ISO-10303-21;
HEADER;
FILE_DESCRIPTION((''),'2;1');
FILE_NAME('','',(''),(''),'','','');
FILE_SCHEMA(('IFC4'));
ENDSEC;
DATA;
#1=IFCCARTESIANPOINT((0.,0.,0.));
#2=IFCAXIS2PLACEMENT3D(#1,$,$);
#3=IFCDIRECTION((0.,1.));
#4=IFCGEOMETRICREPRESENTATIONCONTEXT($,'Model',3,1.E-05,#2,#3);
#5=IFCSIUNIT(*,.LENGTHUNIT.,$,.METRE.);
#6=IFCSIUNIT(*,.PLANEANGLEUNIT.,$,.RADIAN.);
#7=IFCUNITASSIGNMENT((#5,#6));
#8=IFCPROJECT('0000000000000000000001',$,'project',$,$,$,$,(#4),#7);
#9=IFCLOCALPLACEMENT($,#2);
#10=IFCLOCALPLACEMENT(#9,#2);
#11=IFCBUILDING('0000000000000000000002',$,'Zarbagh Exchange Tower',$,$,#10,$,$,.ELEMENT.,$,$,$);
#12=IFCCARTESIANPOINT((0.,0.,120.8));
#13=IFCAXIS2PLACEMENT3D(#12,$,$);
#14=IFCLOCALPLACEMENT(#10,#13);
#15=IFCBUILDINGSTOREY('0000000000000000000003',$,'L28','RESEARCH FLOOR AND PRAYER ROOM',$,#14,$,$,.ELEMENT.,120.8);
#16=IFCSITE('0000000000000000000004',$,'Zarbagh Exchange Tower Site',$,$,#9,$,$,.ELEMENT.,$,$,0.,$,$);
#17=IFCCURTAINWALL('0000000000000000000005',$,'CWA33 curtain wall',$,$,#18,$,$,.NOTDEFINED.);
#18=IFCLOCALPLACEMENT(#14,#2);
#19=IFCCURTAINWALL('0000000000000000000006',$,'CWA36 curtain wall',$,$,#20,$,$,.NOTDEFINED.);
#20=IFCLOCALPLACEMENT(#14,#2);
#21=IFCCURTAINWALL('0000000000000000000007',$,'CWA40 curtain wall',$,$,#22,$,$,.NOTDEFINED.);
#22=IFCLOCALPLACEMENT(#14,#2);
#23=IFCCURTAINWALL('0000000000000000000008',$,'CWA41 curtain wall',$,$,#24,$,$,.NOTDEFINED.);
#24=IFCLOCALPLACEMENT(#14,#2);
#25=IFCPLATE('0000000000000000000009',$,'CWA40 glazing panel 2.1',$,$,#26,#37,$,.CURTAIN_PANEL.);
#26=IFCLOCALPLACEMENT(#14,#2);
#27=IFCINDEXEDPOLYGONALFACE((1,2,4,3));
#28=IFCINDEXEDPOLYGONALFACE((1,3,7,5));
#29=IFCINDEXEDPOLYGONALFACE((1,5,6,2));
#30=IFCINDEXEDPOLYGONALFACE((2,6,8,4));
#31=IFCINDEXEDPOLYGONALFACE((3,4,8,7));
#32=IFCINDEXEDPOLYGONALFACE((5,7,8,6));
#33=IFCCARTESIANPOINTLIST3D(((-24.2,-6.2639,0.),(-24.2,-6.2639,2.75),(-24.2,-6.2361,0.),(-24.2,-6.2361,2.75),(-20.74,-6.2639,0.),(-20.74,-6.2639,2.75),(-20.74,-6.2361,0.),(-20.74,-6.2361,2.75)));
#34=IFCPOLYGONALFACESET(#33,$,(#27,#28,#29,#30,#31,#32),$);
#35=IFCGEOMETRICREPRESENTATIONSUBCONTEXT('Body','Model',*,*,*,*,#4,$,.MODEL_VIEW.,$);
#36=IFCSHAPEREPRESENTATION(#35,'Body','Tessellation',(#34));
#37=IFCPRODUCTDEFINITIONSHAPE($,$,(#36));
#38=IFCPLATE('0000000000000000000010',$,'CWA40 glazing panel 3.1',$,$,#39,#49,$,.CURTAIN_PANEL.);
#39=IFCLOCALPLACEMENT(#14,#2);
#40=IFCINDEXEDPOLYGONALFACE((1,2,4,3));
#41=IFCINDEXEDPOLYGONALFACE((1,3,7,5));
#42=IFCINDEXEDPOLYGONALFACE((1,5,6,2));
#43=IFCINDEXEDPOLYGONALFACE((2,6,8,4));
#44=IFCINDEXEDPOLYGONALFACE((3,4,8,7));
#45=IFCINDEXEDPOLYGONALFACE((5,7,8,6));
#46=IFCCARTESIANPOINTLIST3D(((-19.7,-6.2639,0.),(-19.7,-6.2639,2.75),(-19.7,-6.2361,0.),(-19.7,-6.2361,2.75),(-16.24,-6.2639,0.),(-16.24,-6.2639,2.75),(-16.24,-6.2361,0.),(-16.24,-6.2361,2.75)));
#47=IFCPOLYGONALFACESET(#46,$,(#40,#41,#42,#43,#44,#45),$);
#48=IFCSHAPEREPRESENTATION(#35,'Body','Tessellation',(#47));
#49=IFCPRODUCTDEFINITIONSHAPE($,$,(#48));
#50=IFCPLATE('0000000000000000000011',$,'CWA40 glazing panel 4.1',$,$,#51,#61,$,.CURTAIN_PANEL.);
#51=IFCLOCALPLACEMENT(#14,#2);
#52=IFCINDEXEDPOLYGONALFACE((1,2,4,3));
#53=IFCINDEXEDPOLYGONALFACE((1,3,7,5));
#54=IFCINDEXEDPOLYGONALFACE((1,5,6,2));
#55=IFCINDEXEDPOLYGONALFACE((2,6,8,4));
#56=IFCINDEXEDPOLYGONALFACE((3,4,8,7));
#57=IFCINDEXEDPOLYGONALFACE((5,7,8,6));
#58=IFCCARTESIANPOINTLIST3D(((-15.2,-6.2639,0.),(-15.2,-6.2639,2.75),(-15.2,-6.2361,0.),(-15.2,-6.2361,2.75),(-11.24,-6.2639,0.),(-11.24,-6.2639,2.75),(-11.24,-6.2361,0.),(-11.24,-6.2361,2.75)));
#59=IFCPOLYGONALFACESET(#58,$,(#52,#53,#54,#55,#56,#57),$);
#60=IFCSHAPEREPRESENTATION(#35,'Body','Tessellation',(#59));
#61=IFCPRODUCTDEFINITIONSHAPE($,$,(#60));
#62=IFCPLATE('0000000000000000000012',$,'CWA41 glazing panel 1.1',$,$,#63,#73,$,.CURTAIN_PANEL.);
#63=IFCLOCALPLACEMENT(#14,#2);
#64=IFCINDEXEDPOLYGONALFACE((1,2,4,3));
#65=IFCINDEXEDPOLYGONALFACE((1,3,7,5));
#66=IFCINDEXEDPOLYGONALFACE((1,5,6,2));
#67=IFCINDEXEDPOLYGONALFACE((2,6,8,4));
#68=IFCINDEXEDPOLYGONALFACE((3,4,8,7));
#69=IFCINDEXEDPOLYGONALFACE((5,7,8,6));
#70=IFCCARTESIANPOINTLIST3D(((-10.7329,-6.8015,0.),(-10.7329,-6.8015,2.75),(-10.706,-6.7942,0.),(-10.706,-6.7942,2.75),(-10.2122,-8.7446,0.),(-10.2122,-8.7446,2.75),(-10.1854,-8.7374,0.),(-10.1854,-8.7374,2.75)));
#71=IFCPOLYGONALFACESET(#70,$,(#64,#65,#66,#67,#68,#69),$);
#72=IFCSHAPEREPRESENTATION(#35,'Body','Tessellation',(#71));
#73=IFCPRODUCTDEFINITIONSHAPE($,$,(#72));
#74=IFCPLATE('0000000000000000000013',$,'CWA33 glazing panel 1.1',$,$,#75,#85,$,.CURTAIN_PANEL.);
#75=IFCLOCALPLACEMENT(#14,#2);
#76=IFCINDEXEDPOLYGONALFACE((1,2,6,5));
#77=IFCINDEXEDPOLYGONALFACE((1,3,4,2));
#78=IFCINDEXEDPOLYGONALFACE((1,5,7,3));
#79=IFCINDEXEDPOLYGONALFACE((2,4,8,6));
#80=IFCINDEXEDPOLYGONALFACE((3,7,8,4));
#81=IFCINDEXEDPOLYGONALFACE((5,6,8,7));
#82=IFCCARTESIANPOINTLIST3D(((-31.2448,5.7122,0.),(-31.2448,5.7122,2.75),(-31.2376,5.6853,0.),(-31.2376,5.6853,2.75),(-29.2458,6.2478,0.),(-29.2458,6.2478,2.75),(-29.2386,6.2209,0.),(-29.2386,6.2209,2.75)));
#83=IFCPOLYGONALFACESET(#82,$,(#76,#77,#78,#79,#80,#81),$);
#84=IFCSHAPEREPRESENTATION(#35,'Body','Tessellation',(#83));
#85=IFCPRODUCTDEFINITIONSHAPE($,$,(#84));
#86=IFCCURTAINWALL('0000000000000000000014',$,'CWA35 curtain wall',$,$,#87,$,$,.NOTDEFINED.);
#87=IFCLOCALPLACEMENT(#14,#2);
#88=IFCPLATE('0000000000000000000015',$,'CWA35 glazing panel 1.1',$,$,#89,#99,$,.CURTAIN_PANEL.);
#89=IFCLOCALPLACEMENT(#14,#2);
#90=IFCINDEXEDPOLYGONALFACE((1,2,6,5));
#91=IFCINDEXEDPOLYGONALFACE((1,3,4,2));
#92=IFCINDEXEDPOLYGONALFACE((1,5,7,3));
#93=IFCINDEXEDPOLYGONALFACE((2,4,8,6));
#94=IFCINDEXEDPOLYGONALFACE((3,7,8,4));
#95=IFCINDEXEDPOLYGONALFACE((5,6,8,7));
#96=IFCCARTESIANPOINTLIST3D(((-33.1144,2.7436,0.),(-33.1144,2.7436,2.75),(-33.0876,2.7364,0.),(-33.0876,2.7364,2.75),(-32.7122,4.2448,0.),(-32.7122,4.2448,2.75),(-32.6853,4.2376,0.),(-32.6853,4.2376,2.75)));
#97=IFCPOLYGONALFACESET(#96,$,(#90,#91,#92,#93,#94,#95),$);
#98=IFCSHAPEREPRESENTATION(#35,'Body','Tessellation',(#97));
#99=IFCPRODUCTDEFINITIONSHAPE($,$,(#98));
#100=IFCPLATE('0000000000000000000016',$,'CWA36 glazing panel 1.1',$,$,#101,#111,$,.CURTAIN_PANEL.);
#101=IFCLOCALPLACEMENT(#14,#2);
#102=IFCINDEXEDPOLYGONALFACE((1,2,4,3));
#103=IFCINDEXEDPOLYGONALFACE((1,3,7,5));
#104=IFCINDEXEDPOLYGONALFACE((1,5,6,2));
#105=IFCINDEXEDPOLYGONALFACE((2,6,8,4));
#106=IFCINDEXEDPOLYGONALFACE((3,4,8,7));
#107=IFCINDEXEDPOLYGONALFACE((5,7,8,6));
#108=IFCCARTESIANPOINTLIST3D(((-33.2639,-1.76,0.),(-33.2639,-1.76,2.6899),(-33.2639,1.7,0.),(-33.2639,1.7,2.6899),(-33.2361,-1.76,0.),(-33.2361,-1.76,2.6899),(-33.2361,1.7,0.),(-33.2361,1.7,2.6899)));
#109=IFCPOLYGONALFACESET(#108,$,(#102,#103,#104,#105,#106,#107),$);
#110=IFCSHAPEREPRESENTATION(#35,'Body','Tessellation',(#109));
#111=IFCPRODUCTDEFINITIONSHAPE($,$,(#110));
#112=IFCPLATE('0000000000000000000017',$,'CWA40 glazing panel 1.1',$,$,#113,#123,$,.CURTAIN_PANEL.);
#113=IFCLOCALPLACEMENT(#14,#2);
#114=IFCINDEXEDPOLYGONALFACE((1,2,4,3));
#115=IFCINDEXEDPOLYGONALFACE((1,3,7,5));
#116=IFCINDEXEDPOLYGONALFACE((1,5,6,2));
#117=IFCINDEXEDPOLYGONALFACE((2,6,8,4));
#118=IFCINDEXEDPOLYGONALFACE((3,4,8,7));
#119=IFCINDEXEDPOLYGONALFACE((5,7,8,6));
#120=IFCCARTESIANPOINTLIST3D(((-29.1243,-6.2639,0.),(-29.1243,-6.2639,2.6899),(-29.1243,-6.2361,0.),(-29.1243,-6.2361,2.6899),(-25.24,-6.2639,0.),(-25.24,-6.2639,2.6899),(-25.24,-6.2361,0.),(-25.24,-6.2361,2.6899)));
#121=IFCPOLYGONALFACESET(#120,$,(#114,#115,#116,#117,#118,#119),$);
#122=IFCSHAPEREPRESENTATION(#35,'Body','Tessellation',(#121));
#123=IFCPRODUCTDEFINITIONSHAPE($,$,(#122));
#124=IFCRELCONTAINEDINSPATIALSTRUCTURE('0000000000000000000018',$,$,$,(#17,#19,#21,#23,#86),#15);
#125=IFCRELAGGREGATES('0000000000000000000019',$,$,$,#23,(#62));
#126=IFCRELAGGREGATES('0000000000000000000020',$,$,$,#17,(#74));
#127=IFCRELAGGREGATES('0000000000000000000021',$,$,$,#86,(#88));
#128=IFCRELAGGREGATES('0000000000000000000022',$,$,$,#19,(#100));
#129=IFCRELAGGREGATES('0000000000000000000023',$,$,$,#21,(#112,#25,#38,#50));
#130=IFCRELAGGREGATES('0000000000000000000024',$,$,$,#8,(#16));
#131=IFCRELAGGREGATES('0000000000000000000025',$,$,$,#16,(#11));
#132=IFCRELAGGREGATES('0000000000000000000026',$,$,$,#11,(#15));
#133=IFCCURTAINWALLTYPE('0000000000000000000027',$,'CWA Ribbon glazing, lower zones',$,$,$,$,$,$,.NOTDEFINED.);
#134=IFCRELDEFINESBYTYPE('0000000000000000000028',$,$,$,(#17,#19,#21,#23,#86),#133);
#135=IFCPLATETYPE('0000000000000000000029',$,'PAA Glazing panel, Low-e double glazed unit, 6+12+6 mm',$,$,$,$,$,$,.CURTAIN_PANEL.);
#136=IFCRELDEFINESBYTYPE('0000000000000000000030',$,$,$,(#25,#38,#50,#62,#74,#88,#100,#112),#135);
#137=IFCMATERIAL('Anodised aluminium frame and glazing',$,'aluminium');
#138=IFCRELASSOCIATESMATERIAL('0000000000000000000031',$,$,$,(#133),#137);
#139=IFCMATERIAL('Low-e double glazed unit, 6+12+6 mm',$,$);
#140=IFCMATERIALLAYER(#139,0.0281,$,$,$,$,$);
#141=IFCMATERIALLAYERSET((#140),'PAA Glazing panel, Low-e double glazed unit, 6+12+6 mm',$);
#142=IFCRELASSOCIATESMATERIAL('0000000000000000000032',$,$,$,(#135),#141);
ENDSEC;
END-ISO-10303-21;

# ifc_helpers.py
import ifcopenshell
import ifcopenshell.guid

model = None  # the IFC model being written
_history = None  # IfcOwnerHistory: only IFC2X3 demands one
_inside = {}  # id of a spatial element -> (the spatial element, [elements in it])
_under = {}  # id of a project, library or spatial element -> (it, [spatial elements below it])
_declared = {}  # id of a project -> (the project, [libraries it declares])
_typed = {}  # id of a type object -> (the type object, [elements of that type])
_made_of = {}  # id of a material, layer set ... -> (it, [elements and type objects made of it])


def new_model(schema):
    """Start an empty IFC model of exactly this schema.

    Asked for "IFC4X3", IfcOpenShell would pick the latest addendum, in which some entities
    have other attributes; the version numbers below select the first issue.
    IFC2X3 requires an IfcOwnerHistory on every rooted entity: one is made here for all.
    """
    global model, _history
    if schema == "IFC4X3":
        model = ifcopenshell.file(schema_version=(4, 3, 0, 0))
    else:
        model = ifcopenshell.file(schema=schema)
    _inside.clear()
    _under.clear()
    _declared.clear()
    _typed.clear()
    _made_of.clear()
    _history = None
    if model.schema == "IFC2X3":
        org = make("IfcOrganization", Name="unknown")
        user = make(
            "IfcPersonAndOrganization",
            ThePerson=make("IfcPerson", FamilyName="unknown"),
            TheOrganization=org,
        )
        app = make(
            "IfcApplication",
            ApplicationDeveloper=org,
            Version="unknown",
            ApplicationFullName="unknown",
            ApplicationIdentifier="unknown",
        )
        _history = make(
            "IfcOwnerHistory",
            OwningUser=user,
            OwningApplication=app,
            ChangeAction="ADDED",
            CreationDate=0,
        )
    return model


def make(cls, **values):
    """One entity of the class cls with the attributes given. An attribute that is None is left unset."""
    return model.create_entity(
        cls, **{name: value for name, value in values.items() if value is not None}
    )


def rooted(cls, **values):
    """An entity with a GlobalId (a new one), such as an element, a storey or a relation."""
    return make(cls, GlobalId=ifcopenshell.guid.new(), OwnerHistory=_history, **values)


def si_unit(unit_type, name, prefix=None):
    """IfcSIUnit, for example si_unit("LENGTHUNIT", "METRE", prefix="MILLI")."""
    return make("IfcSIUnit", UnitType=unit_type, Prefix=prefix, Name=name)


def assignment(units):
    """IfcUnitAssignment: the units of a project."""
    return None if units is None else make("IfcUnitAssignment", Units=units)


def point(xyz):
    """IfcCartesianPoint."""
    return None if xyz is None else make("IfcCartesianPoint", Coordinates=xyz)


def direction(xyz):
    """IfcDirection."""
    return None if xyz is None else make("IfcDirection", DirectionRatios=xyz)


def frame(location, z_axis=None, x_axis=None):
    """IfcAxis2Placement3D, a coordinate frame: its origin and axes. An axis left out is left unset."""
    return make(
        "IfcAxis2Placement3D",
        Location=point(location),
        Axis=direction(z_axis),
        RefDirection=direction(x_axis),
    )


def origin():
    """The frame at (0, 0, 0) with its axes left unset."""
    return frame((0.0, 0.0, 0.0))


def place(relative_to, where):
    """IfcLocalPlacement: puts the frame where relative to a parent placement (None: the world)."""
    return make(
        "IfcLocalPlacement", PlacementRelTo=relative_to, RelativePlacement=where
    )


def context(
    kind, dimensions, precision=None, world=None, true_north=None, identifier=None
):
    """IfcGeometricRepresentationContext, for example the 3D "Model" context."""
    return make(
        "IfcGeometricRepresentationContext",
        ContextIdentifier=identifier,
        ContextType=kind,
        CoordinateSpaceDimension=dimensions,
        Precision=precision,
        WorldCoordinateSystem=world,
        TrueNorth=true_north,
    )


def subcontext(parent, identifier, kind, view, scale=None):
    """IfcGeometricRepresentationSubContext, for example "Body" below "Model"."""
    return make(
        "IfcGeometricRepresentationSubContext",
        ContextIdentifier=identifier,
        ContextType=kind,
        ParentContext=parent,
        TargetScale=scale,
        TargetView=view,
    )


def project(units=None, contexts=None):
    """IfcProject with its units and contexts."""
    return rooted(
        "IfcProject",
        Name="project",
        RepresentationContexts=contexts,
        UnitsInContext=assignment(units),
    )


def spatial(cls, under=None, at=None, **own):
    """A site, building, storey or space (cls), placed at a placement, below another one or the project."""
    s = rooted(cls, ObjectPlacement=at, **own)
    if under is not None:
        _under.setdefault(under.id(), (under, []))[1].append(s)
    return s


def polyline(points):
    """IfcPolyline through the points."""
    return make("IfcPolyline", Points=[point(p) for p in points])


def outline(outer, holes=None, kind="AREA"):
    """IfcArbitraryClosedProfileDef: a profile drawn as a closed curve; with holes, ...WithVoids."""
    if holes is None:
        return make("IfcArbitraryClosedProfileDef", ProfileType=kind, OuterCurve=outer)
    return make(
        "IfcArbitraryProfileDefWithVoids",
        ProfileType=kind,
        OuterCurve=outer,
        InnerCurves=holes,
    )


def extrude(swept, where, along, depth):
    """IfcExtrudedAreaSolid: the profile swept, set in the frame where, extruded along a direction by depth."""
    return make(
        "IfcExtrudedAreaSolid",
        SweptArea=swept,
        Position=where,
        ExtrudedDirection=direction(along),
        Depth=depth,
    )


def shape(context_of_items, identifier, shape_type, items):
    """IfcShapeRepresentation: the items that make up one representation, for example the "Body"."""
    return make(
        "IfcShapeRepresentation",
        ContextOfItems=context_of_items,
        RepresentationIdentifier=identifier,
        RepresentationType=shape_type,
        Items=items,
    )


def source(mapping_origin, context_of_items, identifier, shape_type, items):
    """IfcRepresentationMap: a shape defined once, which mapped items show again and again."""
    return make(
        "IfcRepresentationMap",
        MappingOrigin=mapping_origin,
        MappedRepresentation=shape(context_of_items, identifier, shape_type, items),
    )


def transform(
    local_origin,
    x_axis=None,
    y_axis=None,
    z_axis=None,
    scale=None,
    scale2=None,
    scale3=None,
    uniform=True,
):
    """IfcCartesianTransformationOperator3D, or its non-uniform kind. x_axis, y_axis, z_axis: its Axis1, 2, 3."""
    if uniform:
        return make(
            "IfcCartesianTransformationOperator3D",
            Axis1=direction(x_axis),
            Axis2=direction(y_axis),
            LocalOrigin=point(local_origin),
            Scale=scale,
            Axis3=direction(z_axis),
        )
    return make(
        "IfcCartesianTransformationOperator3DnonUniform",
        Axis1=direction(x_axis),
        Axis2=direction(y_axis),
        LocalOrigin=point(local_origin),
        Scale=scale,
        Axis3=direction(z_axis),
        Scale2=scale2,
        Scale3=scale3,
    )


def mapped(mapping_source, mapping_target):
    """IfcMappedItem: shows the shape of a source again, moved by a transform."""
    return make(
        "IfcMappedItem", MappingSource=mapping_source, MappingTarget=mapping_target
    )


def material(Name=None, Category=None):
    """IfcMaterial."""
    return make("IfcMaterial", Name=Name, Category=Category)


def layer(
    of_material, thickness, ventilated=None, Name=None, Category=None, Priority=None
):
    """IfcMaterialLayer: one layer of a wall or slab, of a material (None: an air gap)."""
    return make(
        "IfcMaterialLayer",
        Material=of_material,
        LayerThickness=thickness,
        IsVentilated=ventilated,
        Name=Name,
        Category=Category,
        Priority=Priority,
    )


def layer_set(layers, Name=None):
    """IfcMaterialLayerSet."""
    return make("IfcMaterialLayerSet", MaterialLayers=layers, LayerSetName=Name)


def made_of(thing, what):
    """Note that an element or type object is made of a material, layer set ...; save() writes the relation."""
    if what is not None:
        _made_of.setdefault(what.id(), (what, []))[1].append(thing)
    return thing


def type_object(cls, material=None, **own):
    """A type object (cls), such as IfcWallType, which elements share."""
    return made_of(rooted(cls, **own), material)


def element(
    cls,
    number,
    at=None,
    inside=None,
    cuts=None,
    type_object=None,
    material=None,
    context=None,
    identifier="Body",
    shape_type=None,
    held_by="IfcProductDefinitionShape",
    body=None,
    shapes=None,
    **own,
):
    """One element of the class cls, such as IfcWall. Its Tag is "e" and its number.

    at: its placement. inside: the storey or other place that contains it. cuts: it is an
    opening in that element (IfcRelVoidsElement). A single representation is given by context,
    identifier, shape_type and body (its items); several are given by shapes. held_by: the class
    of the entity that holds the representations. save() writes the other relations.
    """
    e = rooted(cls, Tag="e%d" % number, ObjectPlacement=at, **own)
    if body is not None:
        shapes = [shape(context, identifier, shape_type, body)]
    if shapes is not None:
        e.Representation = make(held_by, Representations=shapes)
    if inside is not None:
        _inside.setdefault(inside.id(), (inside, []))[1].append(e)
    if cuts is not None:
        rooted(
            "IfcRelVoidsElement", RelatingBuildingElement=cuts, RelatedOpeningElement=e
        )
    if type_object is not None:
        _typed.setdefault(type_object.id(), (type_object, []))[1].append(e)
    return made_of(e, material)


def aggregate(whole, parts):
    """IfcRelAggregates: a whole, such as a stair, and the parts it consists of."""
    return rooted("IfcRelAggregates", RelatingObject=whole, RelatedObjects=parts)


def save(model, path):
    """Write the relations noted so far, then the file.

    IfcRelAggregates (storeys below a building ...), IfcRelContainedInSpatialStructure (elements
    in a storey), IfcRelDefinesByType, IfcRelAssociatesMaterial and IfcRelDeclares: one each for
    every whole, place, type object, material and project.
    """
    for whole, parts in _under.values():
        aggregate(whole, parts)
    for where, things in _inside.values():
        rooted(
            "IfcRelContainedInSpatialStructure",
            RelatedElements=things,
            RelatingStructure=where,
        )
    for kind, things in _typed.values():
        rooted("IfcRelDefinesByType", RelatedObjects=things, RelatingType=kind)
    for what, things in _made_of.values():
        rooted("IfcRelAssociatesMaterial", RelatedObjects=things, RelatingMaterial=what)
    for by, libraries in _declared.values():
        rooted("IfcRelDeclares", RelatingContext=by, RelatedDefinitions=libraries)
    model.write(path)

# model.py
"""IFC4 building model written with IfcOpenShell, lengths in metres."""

from ifc_helpers import new_model, si_unit, direction, frame, origin, place, context, subcontext, project, spatial, polyline, outline, extrude, source, transform, mapped, material, layer, layer_set, type_object, element, aggregate, save


model = new_model("IFC4")

# Units and contexts
model_context = context("Model", 3, precision=1e-05, world=origin(), true_north=direction((0.0, 1.0)))
body_context = subcontext(model_context, "Body", "Model", "MODEL_VIEW")
ifc_project = project(units=[si_unit("LENGTHUNIT", "METRE"), si_unit("PLANEANGLEUNIT", "RADIAN")], contexts=[model_context])

# Site, building, storey
site_placement = place(None, origin())
site = spatial("IfcSite", under=ifc_project, at=site_placement, Name="Zarbagh Exchange Tower Site", CompositionType="ELEMENT", RefElevation=0.0)
building_placement = place(site_placement, origin())
building = spatial("IfcBuilding", under=site, at=building_placement, Name="Zarbagh Exchange Tower", CompositionType="ELEMENT")
storey_placement = place(building_placement, frame((0.0, 0.0, 120.8)))
storey = spatial("IfcBuildingStorey", under=building, at=storey_placement, Name="L28", Description="RESEARCH FLOOR AND PRAYER ROOM", CompositionType="ELEMENT", Elevation=120.8)

# Curtain walls
ifc_material_1 = material(Name="Anodised aluminium frame and glazing", Category="aluminium")
curtain_wall_type = type_object("IfcCurtainWallType", Name="CWA Ribbon glazing, lower zones", PredefinedType="NOTDEFINED", material=ifc_material_1)
curtain_wall_1_placement = place(storey_placement, origin())
curtain_wall_1 = element("IfcCurtainWall", 1, at=curtain_wall_1_placement, inside=storey, type_object=curtain_wall_type, Name="CWA33 curtain wall", PredefinedType="NOTDEFINED")
placement = place(storey_placement, origin())
curtain_wall_2_placement = place(storey_placement, origin())
curtain_wall_2 = element("IfcCurtainWall", 2, at=curtain_wall_2_placement, inside=storey, type_object=curtain_wall_type, Name="CWA36 curtain wall", PredefinedType="NOTDEFINED")

# Curtain wall
curtain_wall_3_placement = place(storey_placement, origin())
curtain_wall_3 = element("IfcCurtainWall", 3, at=curtain_wall_3_placement, inside=storey, type_object=curtain_wall_type, Name="CWA40 curtain wall", PredefinedType="NOTDEFINED")

# Curtain wall
curtain_wall_4_placement = place(storey_placement, origin())
curtain_wall_4 = element("IfcCurtainWall", 4, at=curtain_wall_4_placement, inside=storey, type_object=curtain_wall_type, Name="CWA41 curtain wall", PredefinedType="NOTDEFINED")

# Shared definitions
ifc_material_2 = material(Name="Low-e double glazed unit, 6+12+6 mm")
ifc_layer = layer(ifc_material_2, 0.0281)
ifc_layer_set = layer_set([ifc_layer], Name="PAA Glazing panel, Low-e double glazed unit, 6+12+6 mm")
plate_type = type_object("IfcPlateType", Name="PAA Glazing panel, Low-e double glazed unit, 6+12+6 mm", PredefinedType="CURTAIN_PANEL", material=ifc_layer_set)

# Plates
shared_shape_1 = source(origin(), body_context, "Body", "SweptSolid", [
    extrude(outline(polyline([(0.0, -0.0139), (3.46, -0.0139), (3.46, 0.0139), (0.0, 0.0139), (0.0, -0.0139)])), origin(), (0.0, 0.0, 1.0), 2.75),
])
plate_1 = element("IfcPlate", 5, at=placement, type_object=plate_type, Name="CWA40 glazing panel 2.1", PredefinedType="CURTAIN_PANEL", context=body_context, shape_type="MappedRepresentation", body=[
    mapped(shared_shape_1, transform((-24.2, -6.25, 0.0), x_axis=(1.0, 0.0, 0.0), y_axis=(0.0, 1.0, 0.0), z_axis=(0.0, 0.0, 1.0))),
])
plate_2 = element("IfcPlate", 6, at=placement, type_object=plate_type, Name="CWA40 glazing panel 3.1", PredefinedType="CURTAIN_PANEL", context=body_context, shape_type="MappedRepresentation", body=[
    mapped(shared_shape_1, transform((-19.7, -6.25, 0.0), x_axis=(1.0, 0.0, 0.0), y_axis=(0.0, 1.0, 0.0), z_axis=(0.0, 0.0, 1.0))),
])
shared_shape_2 = source(origin(), body_context, "Body", "SweptSolid", [
    extrude(outline(polyline([(0.0, -0.0139), (3.96, -0.0139), (3.96, 0.0139), (0.0, 0.0139), (0.0, -0.0139)])), origin(), (0.0, 0.0, 1.0), 2.75),
])
plate_3 = element("IfcPlate", 7, at=placement, type_object=plate_type, Name="CWA40 glazing panel 4.1", PredefinedType="CURTAIN_PANEL", context=body_context, shape_type="MappedRepresentation", body=[
    mapped(shared_shape_2, transform((-15.2, -6.25, 0.0), x_axis=(1.0, 0.0, 0.0), y_axis=(0.0, 1.0, 0.0), z_axis=(0.0, 0.0, 1.0))),
])
shared_shape_3 = source(origin(), body_context, "Body", "SweptSolid", [
    extrude(outline(polyline([(0.0, -0.0139), (2.0117, -0.0139), (2.0117, 0.0139), (0.0, 0.0139), (0.0, -0.0139)])), origin(), (0.0, 0.0, 1.0), 2.75),
])
plate_4 = element("IfcPlate", 8, at=placement, type_object=plate_type, Name="CWA41 glazing panel 1.1", PredefinedType="CURTAIN_PANEL", context=body_context, shape_type="MappedRepresentation", body=[
    mapped(shared_shape_3, transform((-10.7195, -6.7979, 0.0), x_axis=(0.258825, -0.965924, 0.0), y_axis=(0.965924, 0.258825, 0.0), z_axis=(0.0, 0.0, 1.0))),
])
aggregate(curtain_wall_4, [plate_4])
shared_shape_4 = source(origin(), body_context, "Body", "SweptSolid", [
    extrude(outline(polyline([(0.0, -0.0139), (2.0696, -0.0139), (2.0696, 0.0139), (0.0, 0.0139), (0.0, -0.0139)])), origin(), (0.0, 0.0, 1.0), 2.75),
])
plate_5 = element("IfcPlate", 9, at=placement, type_object=plate_type, Name="CWA33 glazing panel 1.1", PredefinedType="CURTAIN_PANEL", context=body_context, shape_type="MappedRepresentation", body=[
    mapped(shared_shape_4, transform((-29.2422, 6.2344, 0.0), x_axis=(-0.965924, -0.258825, 0.0), y_axis=(0.258825, -0.965924, 0.0), z_axis=(0.0, 0.0, 1.0))),
])
aggregate(curtain_wall_1, [plate_5])

# Curtain wall, plate
curtain_wall_5_placement = place(storey_placement, origin())
curtain_wall_5 = element("IfcCurtainWall", 10, at=curtain_wall_5_placement, inside=storey, type_object=curtain_wall_type, Name="CWA35 curtain wall", PredefinedType="NOTDEFINED")
shared_shape_5 = source(origin(), body_context, "Body", "SweptSolid", [
    extrude(outline(polyline([(0.0, -0.0139), (1.5542, -0.0139), (1.5542, 0.0139), (0.0, 0.0139), (0.0, -0.0139)])), origin(), (0.0, 0.0, 1.0), 2.75),
])
plate_6 = element("IfcPlate", 11, at=placement, type_object=plate_type, Name="CWA35 glazing panel 1.1", PredefinedType="CURTAIN_PANEL", context=body_context, shape_type="MappedRepresentation", body=[
    mapped(shared_shape_5, transform((-32.6987, 4.2412, 0.0), x_axis=(-0.258825, -0.965924, 0.0), y_axis=(0.965924, -0.258825, 0.0), z_axis=(0.0, 0.0, 1.0))),
])
aggregate(curtain_wall_5, [plate_6])

# Plates
shared_shape_6 = source(origin(), body_context, "Body", "SweptSolid", [
    extrude(outline(polyline([(0.0, -0.0139), (3.46, -0.0139), (3.46, 0.0139), (0.0, 0.0139), (0.0, -0.0139)])), origin(), (0.0, 0.0, 1.0), 2.6899),
])
plate_7 = element("IfcPlate", 12, at=placement, type_object=plate_type, Name="CWA36 glazing panel 1.1", PredefinedType="CURTAIN_PANEL", context=body_context, shape_type="MappedRepresentation", body=[
    mapped(shared_shape_6, transform((-33.25, 1.7, 0.0), x_axis=(0.0, -1.0, 0.0), y_axis=(1.0, 0.0, 0.0), z_axis=(0.0, 0.0, 1.0))),
])
aggregate(curtain_wall_2, [plate_7])
shared_shape_7 = source(origin(), body_context, "Body", "SweptSolid", [
    extrude(outline(polyline([(0.0, -0.0139), (3.8843, -0.0139), (3.8843, 0.0139), (0.0, 0.0139), (0.0, -0.0139)])), origin(), (0.0, 0.0, 1.0), 2.6899),
])
plate_8 = element("IfcPlate", 13, at=placement, type_object=plate_type, Name="CWA40 glazing panel 1.1", PredefinedType="CURTAIN_PANEL", context=body_context, shape_type="MappedRepresentation", body=[
    mapped(shared_shape_7, transform((-29.1243, -6.25, 0.0), x_axis=(1.0, 0.0, 0.0), y_axis=(0.0, 1.0, 0.0), z_axis=(0.0, 0.0, 1.0))),
])
aggregate(curtain_wall_3, [plate_8, plate_1, plate_2, plate_3])

save(model, "model.ifc")
